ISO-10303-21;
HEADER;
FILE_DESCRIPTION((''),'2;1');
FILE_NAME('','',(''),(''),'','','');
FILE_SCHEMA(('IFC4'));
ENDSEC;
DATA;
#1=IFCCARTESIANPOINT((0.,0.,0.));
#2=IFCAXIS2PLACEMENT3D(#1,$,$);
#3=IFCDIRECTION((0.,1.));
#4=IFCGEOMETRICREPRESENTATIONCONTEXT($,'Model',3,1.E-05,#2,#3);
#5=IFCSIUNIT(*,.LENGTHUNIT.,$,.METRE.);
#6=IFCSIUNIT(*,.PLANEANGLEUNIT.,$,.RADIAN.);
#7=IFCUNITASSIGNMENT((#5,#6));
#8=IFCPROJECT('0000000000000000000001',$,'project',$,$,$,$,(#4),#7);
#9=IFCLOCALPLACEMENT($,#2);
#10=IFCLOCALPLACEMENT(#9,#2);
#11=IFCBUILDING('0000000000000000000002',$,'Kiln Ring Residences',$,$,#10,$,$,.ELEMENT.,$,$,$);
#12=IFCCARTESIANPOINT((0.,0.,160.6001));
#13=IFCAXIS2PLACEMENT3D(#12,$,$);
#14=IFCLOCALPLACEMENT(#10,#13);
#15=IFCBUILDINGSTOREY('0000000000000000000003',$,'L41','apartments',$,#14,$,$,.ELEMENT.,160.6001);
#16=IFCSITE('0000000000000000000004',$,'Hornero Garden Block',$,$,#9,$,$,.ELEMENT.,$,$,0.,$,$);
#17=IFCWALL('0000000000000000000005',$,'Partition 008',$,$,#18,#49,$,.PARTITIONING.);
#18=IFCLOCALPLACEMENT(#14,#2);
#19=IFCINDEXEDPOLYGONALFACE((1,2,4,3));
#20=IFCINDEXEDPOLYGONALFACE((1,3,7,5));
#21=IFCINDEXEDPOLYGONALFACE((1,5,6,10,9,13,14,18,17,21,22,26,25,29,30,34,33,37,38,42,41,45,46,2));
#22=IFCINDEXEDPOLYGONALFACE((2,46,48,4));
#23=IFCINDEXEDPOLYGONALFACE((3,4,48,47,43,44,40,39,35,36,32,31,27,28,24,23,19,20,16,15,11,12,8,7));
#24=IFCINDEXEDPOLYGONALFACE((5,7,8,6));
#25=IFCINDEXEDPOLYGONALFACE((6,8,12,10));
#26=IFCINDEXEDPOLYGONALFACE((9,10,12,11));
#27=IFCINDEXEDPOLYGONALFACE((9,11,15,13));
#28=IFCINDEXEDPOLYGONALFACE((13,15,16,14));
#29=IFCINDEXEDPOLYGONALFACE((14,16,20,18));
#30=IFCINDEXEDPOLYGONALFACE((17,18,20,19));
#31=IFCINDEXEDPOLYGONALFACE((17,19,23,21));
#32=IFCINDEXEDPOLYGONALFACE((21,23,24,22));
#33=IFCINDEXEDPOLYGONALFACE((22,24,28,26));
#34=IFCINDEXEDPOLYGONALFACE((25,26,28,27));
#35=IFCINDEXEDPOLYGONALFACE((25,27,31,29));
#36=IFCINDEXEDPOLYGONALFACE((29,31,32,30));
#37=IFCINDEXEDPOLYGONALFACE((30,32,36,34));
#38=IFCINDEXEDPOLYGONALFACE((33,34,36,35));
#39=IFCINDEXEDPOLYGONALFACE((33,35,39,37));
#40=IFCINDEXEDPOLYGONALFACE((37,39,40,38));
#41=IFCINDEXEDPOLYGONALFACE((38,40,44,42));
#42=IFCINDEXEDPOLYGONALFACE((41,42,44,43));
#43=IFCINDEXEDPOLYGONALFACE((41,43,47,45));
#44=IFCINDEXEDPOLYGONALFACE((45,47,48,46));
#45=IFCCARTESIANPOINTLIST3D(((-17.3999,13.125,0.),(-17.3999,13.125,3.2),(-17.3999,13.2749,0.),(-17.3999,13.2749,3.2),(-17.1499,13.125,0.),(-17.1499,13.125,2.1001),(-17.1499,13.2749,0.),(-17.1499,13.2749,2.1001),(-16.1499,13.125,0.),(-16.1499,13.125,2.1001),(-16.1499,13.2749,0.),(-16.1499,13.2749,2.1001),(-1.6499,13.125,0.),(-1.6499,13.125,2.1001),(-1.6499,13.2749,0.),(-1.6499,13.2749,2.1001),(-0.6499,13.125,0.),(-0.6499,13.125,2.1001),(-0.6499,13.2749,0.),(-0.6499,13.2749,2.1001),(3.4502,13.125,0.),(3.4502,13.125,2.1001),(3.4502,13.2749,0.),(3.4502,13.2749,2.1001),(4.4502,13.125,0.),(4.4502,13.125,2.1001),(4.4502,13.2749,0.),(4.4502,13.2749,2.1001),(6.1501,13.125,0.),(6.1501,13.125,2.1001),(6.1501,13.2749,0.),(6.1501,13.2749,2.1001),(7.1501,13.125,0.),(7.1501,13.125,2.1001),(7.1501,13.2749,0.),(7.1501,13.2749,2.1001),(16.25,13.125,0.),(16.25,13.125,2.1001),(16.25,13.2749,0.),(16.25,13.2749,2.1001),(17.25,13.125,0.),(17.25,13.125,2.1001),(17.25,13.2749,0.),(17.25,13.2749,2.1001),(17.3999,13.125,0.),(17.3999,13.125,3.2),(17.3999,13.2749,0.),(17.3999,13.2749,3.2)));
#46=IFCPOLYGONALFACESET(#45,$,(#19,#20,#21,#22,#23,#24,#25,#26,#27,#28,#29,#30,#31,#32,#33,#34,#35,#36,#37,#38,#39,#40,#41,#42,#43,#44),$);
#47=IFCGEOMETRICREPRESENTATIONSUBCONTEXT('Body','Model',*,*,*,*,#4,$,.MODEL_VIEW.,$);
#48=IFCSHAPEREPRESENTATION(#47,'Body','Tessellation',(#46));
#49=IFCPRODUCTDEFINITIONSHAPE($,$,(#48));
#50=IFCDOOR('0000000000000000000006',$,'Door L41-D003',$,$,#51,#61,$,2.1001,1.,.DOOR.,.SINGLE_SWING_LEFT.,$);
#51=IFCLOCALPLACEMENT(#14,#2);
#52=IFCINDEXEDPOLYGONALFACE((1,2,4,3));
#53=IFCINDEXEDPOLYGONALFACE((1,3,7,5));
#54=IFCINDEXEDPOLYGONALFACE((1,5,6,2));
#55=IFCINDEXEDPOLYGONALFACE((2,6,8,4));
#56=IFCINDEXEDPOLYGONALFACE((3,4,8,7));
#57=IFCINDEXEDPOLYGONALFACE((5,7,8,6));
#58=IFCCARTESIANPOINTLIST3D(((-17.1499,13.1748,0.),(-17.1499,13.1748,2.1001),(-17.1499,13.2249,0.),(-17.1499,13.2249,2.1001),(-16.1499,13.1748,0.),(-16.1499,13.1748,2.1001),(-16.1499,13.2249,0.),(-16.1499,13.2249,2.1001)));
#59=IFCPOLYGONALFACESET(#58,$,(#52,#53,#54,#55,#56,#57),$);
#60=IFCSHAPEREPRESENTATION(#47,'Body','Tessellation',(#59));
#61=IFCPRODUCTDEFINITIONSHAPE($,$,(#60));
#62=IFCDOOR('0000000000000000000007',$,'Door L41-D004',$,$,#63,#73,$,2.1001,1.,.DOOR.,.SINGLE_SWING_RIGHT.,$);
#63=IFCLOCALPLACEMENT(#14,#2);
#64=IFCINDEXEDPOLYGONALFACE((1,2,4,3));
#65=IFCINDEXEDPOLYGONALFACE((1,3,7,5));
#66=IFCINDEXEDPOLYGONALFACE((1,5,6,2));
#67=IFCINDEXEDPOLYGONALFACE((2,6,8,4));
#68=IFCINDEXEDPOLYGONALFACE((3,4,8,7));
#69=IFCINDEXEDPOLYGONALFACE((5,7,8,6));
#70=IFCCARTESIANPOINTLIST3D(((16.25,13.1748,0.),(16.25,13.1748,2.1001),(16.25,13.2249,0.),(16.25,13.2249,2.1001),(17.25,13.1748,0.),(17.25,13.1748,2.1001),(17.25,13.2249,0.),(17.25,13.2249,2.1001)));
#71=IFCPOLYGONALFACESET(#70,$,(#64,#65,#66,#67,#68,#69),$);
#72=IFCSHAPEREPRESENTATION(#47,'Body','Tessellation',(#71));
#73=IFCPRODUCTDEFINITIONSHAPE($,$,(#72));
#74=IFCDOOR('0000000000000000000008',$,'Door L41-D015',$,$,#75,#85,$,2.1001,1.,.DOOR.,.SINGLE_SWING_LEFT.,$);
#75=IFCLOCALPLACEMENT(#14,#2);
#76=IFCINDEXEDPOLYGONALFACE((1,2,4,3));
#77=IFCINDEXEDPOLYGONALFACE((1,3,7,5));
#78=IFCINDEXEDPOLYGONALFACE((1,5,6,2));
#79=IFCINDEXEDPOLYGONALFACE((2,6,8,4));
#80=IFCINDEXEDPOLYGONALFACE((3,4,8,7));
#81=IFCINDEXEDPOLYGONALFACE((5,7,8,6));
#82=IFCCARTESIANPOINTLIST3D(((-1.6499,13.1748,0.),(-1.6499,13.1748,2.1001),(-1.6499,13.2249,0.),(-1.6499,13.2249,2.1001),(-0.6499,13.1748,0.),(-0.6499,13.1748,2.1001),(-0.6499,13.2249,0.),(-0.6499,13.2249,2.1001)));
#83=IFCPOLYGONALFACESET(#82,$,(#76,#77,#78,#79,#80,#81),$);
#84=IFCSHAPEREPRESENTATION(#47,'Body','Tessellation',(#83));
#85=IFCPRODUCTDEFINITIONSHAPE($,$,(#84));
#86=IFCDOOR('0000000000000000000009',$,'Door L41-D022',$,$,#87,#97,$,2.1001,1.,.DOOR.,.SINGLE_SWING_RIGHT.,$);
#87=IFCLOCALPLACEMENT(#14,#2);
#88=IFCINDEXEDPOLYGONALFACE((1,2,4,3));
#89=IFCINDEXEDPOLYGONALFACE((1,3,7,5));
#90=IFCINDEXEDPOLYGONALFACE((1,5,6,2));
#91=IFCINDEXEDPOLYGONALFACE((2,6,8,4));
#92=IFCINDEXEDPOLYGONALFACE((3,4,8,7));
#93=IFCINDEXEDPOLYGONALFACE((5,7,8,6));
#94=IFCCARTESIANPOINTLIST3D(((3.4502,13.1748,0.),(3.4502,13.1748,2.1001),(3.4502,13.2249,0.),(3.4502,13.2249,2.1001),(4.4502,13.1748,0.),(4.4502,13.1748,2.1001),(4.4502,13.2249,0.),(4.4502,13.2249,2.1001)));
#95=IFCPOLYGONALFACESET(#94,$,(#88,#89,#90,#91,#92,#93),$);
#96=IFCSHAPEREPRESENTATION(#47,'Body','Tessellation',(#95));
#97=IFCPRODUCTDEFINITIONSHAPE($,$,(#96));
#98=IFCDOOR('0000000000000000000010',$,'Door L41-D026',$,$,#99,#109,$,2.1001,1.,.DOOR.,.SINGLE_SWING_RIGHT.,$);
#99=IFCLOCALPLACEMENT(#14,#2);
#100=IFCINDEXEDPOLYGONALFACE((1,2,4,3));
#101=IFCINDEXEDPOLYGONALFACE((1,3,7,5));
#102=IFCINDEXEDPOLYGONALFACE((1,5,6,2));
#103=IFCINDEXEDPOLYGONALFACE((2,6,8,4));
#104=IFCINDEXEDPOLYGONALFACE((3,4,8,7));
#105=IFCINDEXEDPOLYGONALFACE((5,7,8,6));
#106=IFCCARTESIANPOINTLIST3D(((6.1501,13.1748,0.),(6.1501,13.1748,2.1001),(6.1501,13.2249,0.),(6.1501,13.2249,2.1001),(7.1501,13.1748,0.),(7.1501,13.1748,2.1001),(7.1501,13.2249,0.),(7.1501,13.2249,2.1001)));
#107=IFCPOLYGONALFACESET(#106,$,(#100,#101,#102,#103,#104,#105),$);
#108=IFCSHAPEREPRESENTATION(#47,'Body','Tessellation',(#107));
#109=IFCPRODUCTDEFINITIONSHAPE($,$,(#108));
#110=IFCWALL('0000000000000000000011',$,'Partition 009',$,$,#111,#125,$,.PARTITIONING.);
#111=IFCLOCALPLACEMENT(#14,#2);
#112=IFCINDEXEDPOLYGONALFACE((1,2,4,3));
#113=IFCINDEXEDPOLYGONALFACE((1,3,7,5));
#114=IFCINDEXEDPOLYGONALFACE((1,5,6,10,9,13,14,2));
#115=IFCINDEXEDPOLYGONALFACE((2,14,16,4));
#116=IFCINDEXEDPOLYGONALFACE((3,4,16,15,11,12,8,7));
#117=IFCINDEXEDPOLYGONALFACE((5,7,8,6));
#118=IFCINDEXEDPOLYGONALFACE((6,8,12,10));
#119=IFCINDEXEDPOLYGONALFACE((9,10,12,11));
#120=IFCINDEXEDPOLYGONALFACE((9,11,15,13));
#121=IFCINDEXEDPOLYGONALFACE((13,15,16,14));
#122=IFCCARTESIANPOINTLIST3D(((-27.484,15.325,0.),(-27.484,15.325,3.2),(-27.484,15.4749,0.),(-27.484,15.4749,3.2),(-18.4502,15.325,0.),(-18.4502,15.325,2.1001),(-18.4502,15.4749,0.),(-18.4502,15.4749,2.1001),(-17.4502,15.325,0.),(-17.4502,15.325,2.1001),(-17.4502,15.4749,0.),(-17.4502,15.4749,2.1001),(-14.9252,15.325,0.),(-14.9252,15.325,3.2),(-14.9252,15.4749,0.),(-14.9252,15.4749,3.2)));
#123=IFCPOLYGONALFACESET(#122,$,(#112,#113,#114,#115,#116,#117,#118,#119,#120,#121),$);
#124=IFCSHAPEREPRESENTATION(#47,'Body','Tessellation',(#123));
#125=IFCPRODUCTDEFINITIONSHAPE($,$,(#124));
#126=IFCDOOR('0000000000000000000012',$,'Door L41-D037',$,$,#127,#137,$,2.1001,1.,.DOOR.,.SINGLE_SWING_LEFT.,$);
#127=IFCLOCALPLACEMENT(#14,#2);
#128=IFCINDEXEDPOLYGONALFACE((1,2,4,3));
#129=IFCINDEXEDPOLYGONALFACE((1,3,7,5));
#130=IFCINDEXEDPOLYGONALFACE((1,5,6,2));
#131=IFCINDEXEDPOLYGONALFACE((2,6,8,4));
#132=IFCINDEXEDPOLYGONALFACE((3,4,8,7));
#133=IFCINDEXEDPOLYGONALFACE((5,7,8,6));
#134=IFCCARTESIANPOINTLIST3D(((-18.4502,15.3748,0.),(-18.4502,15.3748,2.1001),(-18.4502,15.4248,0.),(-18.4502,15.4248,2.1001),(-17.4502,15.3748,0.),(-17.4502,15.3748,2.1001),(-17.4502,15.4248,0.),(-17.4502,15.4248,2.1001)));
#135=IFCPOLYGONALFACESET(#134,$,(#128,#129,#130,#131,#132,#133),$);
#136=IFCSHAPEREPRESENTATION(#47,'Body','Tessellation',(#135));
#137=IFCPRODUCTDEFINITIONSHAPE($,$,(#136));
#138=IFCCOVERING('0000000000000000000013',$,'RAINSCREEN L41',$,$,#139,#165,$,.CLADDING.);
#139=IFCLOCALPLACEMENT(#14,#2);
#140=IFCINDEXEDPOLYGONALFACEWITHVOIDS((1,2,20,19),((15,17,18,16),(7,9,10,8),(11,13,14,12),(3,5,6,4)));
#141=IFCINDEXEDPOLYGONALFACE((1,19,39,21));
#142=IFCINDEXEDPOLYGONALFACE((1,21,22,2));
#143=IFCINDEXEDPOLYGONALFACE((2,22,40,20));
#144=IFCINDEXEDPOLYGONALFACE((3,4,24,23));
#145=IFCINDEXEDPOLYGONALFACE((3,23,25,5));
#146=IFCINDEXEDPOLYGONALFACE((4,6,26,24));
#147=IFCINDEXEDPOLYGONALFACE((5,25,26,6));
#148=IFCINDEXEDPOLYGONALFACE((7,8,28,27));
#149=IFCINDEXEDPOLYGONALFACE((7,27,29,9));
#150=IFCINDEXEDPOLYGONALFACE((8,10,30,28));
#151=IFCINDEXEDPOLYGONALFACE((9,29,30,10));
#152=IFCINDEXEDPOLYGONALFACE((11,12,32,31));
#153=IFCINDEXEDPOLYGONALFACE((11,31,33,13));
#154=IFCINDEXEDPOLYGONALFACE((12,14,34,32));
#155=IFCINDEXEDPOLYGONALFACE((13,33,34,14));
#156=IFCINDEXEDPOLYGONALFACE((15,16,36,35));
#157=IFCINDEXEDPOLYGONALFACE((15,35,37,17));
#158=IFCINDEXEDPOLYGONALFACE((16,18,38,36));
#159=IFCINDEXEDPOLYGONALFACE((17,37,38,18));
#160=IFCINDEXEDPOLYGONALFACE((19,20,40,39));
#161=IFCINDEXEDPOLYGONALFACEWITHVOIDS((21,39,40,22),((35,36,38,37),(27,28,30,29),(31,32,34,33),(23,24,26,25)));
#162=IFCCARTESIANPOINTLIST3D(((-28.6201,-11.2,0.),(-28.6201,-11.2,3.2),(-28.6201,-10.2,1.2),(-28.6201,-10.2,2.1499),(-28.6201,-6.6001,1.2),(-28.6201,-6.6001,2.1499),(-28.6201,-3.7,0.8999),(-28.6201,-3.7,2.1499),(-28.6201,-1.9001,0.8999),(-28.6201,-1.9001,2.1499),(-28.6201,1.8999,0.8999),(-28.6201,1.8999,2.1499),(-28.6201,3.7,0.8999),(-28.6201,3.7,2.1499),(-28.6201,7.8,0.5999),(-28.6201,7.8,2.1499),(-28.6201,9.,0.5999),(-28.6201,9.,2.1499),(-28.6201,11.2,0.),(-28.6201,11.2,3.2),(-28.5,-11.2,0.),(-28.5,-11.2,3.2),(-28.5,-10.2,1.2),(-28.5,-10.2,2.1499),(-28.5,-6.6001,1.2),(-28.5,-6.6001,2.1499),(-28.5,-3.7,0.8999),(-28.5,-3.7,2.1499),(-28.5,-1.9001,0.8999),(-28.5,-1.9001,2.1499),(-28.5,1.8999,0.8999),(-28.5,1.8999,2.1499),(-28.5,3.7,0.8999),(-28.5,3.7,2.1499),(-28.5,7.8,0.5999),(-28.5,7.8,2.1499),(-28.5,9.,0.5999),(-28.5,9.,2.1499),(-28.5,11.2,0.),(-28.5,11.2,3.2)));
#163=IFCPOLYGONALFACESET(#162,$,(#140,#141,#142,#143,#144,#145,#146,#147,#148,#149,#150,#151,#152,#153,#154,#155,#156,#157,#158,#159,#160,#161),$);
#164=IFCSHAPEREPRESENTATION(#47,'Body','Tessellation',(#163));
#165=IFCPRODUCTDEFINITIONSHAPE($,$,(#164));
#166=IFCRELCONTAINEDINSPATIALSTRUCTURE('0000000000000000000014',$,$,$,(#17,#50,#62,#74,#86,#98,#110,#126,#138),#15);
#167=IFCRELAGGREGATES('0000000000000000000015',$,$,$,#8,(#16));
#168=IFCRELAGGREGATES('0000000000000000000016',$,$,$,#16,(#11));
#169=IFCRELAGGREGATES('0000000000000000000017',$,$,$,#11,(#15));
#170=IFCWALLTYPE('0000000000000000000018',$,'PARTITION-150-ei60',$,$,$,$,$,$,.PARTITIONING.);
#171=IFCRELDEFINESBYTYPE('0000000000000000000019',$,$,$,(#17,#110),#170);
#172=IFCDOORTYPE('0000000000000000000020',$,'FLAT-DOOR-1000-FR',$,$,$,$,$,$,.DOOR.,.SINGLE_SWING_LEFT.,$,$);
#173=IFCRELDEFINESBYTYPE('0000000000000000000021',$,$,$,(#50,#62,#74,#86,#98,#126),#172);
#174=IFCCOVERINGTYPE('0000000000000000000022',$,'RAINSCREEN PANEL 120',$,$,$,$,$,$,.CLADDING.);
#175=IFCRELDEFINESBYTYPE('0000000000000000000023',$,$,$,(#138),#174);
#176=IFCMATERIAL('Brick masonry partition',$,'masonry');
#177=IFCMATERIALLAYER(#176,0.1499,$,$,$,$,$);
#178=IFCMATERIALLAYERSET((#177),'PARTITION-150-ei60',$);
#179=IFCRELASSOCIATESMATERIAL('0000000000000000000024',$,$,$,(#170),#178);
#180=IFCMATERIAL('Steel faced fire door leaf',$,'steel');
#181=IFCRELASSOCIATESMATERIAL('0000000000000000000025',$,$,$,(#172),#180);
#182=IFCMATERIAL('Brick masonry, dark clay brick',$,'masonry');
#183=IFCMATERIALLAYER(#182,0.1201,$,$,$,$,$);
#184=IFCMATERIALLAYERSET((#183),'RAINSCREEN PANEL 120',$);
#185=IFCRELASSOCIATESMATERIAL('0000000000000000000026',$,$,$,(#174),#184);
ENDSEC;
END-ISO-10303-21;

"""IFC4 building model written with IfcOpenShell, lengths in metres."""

from ifc_helpers import new_model, si_unit, direction, frame, frame_2d, origin, place, context, subcontext, project, spatial, polyline, rectangle, outline, extrude, material, layer, layer_set, type_object, element, fill, save


model = new_model("IFC4")

# Units and contexts
model_context = context("Model", 3, precision=1e-05, world=origin(), true_north=direction((0.0, 1.0)))
body_context = subcontext(model_context, "Body", "Model", "MODEL_VIEW")
ifc_project = project(units=[si_unit("LENGTHUNIT", "METRE"), si_unit("PLANEANGLEUNIT", "RADIAN")], contexts=[model_context])

# Site, building, storey
site_placement = place(None, origin())
site = spatial("IfcSite", under=ifc_project, at=site_placement, Name="Hornero Garden Block", CompositionType="ELEMENT", RefElevation=0.0)
building_placement = place(site_placement, origin())
building = spatial("IfcBuilding", under=site, at=building_placement, Name="Kiln Ring Residences", CompositionType="ELEMENT")
storey_placement = place(building_placement, frame((0.0, 0.0, 160.6001)))
storey = spatial("IfcBuildingStorey", under=building, at=storey_placement, Name="L41", Description="apartments", CompositionType="ELEMENT", Elevation=160.6001)

# Wall, openings, doors
ifc_material_1 = material(Name="Brick masonry partition", Category="masonry")
ifc_layer_1 = layer(ifc_material_1, 0.1499)
ifc_layer_set_1 = layer_set([ifc_layer_1], Name="PARTITION-150-ei60")
wall_type_1 = type_object("IfcWallType", Name="PARTITION-150-ei60", PredefinedType="PARTITIONING", material=ifc_layer_set_1)
wall_1_placement = place(storey_placement, frame((-17.3999, 13.2, 0.0), z_axis=(0.0, 0.0, 1.0), x_axis=(1.0, 0.0, 0.0)))
wall_1 = element("IfcWall", 1, at=wall_1_placement, inside=storey, type_object=wall_type_1, Name="Partition 008", PredefinedType="PARTITIONING", context=body_context, shape_type="SweptSolid", body=[
    extrude(rectangle(XDim=34.7998, YDim=0.1499, at=frame_2d((17.3999, 0.0))), origin(), (0.0, 0.0, 1.0), 3.2),
])
opening_1_placement = place(wall_1_placement, frame((0.25, 0.0, 0.0)))
opening_1 = element("IfcOpeningElement", 2, at=opening_1_placement, cuts=wall_1, PredefinedType="OPENING", context=body_context, shape_type="SweptSolid", body=[
    extrude(rectangle(XDim=1.0, YDim=2.1001, at=frame_2d((0.5, 1.05))), frame((0.0, 0.085, 0.0), z_axis=(0.0, -1.0, 0.0), x_axis=(1.0, 0.0, 0.0)), (0.0, 0.0, 1.0), 0.1699),
])
opening_2_placement = place(wall_1_placement, frame((33.6499, 0.0, 0.0)))
opening_2 = element("IfcOpeningElement", 3, at=opening_2_placement, cuts=wall_1, PredefinedType="OPENING", context=body_context, shape_type="SweptSolid", body=[
    extrude(rectangle(XDim=1.0, YDim=2.1001, at=frame_2d((0.5, 1.05))), frame((0.0, 0.085, 0.0), z_axis=(0.0, -1.0, 0.0), x_axis=(1.0, 0.0, 0.0)), (0.0, 0.0, 1.0), 0.1699),
])
opening_3_placement = place(wall_1_placement, frame((15.75, 0.0, 0.0)))
opening_3 = element("IfcOpeningElement", 4, at=opening_3_placement, cuts=wall_1, PredefinedType="OPENING", context=body_context, shape_type="SweptSolid", body=[
    extrude(rectangle(XDim=1.0, YDim=2.1001, at=frame_2d((0.5, 1.05))), frame((0.0, 0.085, 0.0), z_axis=(0.0, -1.0, 0.0), x_axis=(1.0, 0.0, 0.0)), (0.0, 0.0, 1.0), 0.1699),
])
opening_4_placement = place(wall_1_placement, frame((20.8501, 0.0, 0.0)))
opening_4 = element("IfcOpeningElement", 5, at=opening_4_placement, cuts=wall_1, PredefinedType="OPENING", context=body_context, shape_type="SweptSolid", body=[
    extrude(rectangle(XDim=1.0, YDim=2.1001, at=frame_2d((0.5, 1.05))), frame((0.0, 0.085, 0.0), z_axis=(0.0, -1.0, 0.0), x_axis=(1.0, 0.0, 0.0)), (0.0, 0.0, 1.0), 0.1699),
])
opening_5_placement = place(wall_1_placement, frame((23.55, 0.0, 0.0)))
opening_5 = element("IfcOpeningElement", 6, at=opening_5_placement, cuts=wall_1, PredefinedType="OPENING", context=body_context, shape_type="SweptSolid", body=[
    extrude(rectangle(XDim=1.0, YDim=2.1001, at=frame_2d((0.5, 1.05))), frame((0.0, 0.085, 0.0), z_axis=(0.0, -1.0, 0.0), x_axis=(1.0, 0.0, 0.0)), (0.0, 0.0, 1.0), 0.1699),
])
ifc_material_2 = material(Name="Steel faced fire door leaf", Category="steel")
door_type_1 = type_object("IfcDoorType", Name="FLAT-DOOR-1000-FR", OperationType="SINGLE_SWING_LEFT", PredefinedType="DOOR", material=ifc_material_2)
door_1_placement = place(opening_1_placement, origin())
door_1 = element("IfcDoor", 7, at=door_1_placement, inside=storey, type_object=door_type_1, Name="Door L41-D003", OperationType="SINGLE_SWING_LEFT", OverallHeight=2.1001, OverallWidth=1.0, PredefinedType="DOOR", context=body_context, shape_type="SweptSolid", body=[
    extrude(rectangle(XDim=1.0, YDim=2.1001, at=frame_2d((0.5, 1.05))), frame((0.0, 0.0249, 0.0), z_axis=(0.0, -1.0, 0.0), x_axis=(1.0, 0.0, 0.0)), (0.0, 0.0, 1.0), 0.05),
])
fill(opening_1, door_1)
door_2_placement = place(opening_2_placement, origin())
door_2 = element("IfcDoor", 8, at=door_2_placement, inside=storey, type_object=door_type_1, Name="Door L41-D004", OperationType="SINGLE_SWING_RIGHT", OverallHeight=2.1001, OverallWidth=1.0, PredefinedType="DOOR", context=body_context, shape_type="SweptSolid", body=[
    extrude(rectangle(XDim=1.0, YDim=2.1001, at=frame_2d((0.5, 1.05))), frame((0.0, 0.0249, 0.0), z_axis=(0.0, -1.0, 0.0), x_axis=(1.0, 0.0, 0.0)), (0.0, 0.0, 1.0), 0.05),
])
fill(opening_2, door_2)
door_3_placement = place(opening_3_placement, origin())
door_3 = element("IfcDoor", 9, at=door_3_placement, inside=storey, type_object=door_type_1, Name="Door L41-D015", OperationType="SINGLE_SWING_LEFT", OverallHeight=2.1001, OverallWidth=1.0, PredefinedType="DOOR", context=body_context, shape_type="SweptSolid", body=[
    extrude(rectangle(XDim=1.0, YDim=2.1001, at=frame_2d((0.5, 1.05))), frame((0.0, 0.0249, 0.0), z_axis=(0.0, -1.0, 0.0), x_axis=(1.0, 0.0, 0.0)), (0.0, 0.0, 1.0), 0.05),
])
fill(opening_3, door_3)
door_4_placement = place(opening_4_placement, origin())
door_4 = element("IfcDoor", 10, at=door_4_placement, inside=storey, type_object=door_type_1, Name="Door L41-D022", OperationType="SINGLE_SWING_RIGHT", OverallHeight=2.1001, OverallWidth=1.0, PredefinedType="DOOR", context=body_context, shape_type="SweptSolid", body=[
    extrude(rectangle(XDim=1.0, YDim=2.1001, at=frame_2d((0.5, 1.05))), frame((0.0, 0.0249, 0.0), z_axis=(0.0, -1.0, 0.0), x_axis=(1.0, 0.0, 0.0)), (0.0, 0.0, 1.0), 0.05),
])
fill(opening_4, door_4)
door_5_placement = place(opening_5_placement, origin())
door_5 = element("IfcDoor", 11, at=door_5_placement, inside=storey, type_object=door_type_1, Name="Door L41-D026", OperationType="SINGLE_SWING_RIGHT", OverallHeight=2.1001, OverallWidth=1.0, PredefinedType="DOOR", context=body_context, shape_type="SweptSolid", body=[
    extrude(rectangle(XDim=1.0, YDim=2.1001, at=frame_2d((0.5, 1.05))), frame((0.0, 0.0249, 0.0), z_axis=(0.0, -1.0, 0.0), x_axis=(1.0, 0.0, 0.0)), (0.0, 0.0, 1.0), 0.05),
])
fill(opening_5, door_5)

# Wall, opening, door
wall_2_placement = place(storey_placement, frame((-27.4839, 15.3999, 0.0), z_axis=(0.0, 0.0, 1.0), x_axis=(1.0, 0.0, 0.0)))
wall_2 = element("IfcWall", 12, at=wall_2_placement, inside=storey, type_object=wall_type_1, Name="Partition 009", PredefinedType="PARTITIONING", context=body_context, shape_type="SweptSolid", body=[
    extrude(rectangle(XDim=12.5588, YDim=0.1499, at=frame_2d((6.2793, 0.0))), origin(), (0.0, 0.0, 1.0), 3.2),
])
opening_6_placement = place(wall_2_placement, frame((9.0337, 0.0, 0.0)))
opening_6 = element("IfcOpeningElement", 13, at=opening_6_placement, cuts=wall_2, PredefinedType="OPENING", context=body_context, shape_type="SweptSolid", body=[
    extrude(rectangle(XDim=1.0, YDim=2.1001, at=frame_2d((0.5, 1.05))), frame((0.0, 0.085, 0.0), z_axis=(0.0, -1.0, 0.0), x_axis=(1.0, 0.0, 0.0)), (0.0, 0.0, 1.0), 0.1699),
])
door_6_placement = place(opening_6_placement, origin())
door_6 = element("IfcDoor", 14, at=door_6_placement, inside=storey, type_object=door_type_1, Name="Door L41-D037", OperationType="SINGLE_SWING_LEFT", OverallHeight=2.1001, OverallWidth=1.0, PredefinedType="DOOR", context=body_context, shape_type="SweptSolid", body=[
    extrude(rectangle(XDim=1.0, YDim=2.1001, at=frame_2d((0.5, 1.05))), frame((0.0, 0.0249, 0.0), z_axis=(0.0, -1.0, 0.0), x_axis=(1.0, 0.0, 0.0)), (0.0, 0.0, 1.0), 0.05),
])
fill(opening_6, door_6)

# Covering
ifc_material_3 = material(Name="Brick masonry, dark clay brick", Category="masonry")
ifc_layer_2 = layer(ifc_material_3, 0.1201)
ifc_layer_set_2 = layer_set([ifc_layer_2], Name="RAINSCREEN PANEL 120")
covering_type = type_object("IfcCoveringType", Name="RAINSCREEN PANEL 120", PredefinedType="CLADDING", material=ifc_layer_set_2)
covering_placement = place(storey_placement, frame((-28.5601, 11.2, 0.0), z_axis=(0.0, 0.0, 1.0), x_axis=(0.0, -1.0, 0.0)))
element("IfcCovering", 15, at=covering_placement, inside=storey, type_object=covering_type, Name="RAINSCREEN L41", PredefinedType="CLADDING", context=body_context, shape_type="SweptSolid", body=[
    extrude(outline(polyline([(0.0, 0.0), (22.3999, 0.0), (22.3999, 3.2), (0.0, 3.2), (0.0, 0.0)]), holes=[polyline([(3.3999, 0.5999), (3.3999, 2.1499), (2.2, 2.1499), (2.2, 0.5999), (3.3999, 0.5999)]), polyline([(9.3, 0.8999), (9.3, 2.1499), (7.5, 2.1499), (7.5, 0.8999), (9.3, 0.8999)]), polyline([(14.8999, 0.8999), (14.8999, 2.1499), (13.1001, 2.1499), (13.1001, 0.8999), (14.8999, 0.8999)]), polyline([(21.3999, 1.2), (21.3999, 2.1499), (17.8, 2.1499), (17.8, 1.2), (21.3999, 1.2)])]), frame((0.0, 0.0601, 0.0), z_axis=(0.0, -1.0, 0.0), x_axis=(1.0, 0.0, 0.0)), (0.0, 0.0, 1.0), 0.1201),
])

save(model, "model.ifc")
